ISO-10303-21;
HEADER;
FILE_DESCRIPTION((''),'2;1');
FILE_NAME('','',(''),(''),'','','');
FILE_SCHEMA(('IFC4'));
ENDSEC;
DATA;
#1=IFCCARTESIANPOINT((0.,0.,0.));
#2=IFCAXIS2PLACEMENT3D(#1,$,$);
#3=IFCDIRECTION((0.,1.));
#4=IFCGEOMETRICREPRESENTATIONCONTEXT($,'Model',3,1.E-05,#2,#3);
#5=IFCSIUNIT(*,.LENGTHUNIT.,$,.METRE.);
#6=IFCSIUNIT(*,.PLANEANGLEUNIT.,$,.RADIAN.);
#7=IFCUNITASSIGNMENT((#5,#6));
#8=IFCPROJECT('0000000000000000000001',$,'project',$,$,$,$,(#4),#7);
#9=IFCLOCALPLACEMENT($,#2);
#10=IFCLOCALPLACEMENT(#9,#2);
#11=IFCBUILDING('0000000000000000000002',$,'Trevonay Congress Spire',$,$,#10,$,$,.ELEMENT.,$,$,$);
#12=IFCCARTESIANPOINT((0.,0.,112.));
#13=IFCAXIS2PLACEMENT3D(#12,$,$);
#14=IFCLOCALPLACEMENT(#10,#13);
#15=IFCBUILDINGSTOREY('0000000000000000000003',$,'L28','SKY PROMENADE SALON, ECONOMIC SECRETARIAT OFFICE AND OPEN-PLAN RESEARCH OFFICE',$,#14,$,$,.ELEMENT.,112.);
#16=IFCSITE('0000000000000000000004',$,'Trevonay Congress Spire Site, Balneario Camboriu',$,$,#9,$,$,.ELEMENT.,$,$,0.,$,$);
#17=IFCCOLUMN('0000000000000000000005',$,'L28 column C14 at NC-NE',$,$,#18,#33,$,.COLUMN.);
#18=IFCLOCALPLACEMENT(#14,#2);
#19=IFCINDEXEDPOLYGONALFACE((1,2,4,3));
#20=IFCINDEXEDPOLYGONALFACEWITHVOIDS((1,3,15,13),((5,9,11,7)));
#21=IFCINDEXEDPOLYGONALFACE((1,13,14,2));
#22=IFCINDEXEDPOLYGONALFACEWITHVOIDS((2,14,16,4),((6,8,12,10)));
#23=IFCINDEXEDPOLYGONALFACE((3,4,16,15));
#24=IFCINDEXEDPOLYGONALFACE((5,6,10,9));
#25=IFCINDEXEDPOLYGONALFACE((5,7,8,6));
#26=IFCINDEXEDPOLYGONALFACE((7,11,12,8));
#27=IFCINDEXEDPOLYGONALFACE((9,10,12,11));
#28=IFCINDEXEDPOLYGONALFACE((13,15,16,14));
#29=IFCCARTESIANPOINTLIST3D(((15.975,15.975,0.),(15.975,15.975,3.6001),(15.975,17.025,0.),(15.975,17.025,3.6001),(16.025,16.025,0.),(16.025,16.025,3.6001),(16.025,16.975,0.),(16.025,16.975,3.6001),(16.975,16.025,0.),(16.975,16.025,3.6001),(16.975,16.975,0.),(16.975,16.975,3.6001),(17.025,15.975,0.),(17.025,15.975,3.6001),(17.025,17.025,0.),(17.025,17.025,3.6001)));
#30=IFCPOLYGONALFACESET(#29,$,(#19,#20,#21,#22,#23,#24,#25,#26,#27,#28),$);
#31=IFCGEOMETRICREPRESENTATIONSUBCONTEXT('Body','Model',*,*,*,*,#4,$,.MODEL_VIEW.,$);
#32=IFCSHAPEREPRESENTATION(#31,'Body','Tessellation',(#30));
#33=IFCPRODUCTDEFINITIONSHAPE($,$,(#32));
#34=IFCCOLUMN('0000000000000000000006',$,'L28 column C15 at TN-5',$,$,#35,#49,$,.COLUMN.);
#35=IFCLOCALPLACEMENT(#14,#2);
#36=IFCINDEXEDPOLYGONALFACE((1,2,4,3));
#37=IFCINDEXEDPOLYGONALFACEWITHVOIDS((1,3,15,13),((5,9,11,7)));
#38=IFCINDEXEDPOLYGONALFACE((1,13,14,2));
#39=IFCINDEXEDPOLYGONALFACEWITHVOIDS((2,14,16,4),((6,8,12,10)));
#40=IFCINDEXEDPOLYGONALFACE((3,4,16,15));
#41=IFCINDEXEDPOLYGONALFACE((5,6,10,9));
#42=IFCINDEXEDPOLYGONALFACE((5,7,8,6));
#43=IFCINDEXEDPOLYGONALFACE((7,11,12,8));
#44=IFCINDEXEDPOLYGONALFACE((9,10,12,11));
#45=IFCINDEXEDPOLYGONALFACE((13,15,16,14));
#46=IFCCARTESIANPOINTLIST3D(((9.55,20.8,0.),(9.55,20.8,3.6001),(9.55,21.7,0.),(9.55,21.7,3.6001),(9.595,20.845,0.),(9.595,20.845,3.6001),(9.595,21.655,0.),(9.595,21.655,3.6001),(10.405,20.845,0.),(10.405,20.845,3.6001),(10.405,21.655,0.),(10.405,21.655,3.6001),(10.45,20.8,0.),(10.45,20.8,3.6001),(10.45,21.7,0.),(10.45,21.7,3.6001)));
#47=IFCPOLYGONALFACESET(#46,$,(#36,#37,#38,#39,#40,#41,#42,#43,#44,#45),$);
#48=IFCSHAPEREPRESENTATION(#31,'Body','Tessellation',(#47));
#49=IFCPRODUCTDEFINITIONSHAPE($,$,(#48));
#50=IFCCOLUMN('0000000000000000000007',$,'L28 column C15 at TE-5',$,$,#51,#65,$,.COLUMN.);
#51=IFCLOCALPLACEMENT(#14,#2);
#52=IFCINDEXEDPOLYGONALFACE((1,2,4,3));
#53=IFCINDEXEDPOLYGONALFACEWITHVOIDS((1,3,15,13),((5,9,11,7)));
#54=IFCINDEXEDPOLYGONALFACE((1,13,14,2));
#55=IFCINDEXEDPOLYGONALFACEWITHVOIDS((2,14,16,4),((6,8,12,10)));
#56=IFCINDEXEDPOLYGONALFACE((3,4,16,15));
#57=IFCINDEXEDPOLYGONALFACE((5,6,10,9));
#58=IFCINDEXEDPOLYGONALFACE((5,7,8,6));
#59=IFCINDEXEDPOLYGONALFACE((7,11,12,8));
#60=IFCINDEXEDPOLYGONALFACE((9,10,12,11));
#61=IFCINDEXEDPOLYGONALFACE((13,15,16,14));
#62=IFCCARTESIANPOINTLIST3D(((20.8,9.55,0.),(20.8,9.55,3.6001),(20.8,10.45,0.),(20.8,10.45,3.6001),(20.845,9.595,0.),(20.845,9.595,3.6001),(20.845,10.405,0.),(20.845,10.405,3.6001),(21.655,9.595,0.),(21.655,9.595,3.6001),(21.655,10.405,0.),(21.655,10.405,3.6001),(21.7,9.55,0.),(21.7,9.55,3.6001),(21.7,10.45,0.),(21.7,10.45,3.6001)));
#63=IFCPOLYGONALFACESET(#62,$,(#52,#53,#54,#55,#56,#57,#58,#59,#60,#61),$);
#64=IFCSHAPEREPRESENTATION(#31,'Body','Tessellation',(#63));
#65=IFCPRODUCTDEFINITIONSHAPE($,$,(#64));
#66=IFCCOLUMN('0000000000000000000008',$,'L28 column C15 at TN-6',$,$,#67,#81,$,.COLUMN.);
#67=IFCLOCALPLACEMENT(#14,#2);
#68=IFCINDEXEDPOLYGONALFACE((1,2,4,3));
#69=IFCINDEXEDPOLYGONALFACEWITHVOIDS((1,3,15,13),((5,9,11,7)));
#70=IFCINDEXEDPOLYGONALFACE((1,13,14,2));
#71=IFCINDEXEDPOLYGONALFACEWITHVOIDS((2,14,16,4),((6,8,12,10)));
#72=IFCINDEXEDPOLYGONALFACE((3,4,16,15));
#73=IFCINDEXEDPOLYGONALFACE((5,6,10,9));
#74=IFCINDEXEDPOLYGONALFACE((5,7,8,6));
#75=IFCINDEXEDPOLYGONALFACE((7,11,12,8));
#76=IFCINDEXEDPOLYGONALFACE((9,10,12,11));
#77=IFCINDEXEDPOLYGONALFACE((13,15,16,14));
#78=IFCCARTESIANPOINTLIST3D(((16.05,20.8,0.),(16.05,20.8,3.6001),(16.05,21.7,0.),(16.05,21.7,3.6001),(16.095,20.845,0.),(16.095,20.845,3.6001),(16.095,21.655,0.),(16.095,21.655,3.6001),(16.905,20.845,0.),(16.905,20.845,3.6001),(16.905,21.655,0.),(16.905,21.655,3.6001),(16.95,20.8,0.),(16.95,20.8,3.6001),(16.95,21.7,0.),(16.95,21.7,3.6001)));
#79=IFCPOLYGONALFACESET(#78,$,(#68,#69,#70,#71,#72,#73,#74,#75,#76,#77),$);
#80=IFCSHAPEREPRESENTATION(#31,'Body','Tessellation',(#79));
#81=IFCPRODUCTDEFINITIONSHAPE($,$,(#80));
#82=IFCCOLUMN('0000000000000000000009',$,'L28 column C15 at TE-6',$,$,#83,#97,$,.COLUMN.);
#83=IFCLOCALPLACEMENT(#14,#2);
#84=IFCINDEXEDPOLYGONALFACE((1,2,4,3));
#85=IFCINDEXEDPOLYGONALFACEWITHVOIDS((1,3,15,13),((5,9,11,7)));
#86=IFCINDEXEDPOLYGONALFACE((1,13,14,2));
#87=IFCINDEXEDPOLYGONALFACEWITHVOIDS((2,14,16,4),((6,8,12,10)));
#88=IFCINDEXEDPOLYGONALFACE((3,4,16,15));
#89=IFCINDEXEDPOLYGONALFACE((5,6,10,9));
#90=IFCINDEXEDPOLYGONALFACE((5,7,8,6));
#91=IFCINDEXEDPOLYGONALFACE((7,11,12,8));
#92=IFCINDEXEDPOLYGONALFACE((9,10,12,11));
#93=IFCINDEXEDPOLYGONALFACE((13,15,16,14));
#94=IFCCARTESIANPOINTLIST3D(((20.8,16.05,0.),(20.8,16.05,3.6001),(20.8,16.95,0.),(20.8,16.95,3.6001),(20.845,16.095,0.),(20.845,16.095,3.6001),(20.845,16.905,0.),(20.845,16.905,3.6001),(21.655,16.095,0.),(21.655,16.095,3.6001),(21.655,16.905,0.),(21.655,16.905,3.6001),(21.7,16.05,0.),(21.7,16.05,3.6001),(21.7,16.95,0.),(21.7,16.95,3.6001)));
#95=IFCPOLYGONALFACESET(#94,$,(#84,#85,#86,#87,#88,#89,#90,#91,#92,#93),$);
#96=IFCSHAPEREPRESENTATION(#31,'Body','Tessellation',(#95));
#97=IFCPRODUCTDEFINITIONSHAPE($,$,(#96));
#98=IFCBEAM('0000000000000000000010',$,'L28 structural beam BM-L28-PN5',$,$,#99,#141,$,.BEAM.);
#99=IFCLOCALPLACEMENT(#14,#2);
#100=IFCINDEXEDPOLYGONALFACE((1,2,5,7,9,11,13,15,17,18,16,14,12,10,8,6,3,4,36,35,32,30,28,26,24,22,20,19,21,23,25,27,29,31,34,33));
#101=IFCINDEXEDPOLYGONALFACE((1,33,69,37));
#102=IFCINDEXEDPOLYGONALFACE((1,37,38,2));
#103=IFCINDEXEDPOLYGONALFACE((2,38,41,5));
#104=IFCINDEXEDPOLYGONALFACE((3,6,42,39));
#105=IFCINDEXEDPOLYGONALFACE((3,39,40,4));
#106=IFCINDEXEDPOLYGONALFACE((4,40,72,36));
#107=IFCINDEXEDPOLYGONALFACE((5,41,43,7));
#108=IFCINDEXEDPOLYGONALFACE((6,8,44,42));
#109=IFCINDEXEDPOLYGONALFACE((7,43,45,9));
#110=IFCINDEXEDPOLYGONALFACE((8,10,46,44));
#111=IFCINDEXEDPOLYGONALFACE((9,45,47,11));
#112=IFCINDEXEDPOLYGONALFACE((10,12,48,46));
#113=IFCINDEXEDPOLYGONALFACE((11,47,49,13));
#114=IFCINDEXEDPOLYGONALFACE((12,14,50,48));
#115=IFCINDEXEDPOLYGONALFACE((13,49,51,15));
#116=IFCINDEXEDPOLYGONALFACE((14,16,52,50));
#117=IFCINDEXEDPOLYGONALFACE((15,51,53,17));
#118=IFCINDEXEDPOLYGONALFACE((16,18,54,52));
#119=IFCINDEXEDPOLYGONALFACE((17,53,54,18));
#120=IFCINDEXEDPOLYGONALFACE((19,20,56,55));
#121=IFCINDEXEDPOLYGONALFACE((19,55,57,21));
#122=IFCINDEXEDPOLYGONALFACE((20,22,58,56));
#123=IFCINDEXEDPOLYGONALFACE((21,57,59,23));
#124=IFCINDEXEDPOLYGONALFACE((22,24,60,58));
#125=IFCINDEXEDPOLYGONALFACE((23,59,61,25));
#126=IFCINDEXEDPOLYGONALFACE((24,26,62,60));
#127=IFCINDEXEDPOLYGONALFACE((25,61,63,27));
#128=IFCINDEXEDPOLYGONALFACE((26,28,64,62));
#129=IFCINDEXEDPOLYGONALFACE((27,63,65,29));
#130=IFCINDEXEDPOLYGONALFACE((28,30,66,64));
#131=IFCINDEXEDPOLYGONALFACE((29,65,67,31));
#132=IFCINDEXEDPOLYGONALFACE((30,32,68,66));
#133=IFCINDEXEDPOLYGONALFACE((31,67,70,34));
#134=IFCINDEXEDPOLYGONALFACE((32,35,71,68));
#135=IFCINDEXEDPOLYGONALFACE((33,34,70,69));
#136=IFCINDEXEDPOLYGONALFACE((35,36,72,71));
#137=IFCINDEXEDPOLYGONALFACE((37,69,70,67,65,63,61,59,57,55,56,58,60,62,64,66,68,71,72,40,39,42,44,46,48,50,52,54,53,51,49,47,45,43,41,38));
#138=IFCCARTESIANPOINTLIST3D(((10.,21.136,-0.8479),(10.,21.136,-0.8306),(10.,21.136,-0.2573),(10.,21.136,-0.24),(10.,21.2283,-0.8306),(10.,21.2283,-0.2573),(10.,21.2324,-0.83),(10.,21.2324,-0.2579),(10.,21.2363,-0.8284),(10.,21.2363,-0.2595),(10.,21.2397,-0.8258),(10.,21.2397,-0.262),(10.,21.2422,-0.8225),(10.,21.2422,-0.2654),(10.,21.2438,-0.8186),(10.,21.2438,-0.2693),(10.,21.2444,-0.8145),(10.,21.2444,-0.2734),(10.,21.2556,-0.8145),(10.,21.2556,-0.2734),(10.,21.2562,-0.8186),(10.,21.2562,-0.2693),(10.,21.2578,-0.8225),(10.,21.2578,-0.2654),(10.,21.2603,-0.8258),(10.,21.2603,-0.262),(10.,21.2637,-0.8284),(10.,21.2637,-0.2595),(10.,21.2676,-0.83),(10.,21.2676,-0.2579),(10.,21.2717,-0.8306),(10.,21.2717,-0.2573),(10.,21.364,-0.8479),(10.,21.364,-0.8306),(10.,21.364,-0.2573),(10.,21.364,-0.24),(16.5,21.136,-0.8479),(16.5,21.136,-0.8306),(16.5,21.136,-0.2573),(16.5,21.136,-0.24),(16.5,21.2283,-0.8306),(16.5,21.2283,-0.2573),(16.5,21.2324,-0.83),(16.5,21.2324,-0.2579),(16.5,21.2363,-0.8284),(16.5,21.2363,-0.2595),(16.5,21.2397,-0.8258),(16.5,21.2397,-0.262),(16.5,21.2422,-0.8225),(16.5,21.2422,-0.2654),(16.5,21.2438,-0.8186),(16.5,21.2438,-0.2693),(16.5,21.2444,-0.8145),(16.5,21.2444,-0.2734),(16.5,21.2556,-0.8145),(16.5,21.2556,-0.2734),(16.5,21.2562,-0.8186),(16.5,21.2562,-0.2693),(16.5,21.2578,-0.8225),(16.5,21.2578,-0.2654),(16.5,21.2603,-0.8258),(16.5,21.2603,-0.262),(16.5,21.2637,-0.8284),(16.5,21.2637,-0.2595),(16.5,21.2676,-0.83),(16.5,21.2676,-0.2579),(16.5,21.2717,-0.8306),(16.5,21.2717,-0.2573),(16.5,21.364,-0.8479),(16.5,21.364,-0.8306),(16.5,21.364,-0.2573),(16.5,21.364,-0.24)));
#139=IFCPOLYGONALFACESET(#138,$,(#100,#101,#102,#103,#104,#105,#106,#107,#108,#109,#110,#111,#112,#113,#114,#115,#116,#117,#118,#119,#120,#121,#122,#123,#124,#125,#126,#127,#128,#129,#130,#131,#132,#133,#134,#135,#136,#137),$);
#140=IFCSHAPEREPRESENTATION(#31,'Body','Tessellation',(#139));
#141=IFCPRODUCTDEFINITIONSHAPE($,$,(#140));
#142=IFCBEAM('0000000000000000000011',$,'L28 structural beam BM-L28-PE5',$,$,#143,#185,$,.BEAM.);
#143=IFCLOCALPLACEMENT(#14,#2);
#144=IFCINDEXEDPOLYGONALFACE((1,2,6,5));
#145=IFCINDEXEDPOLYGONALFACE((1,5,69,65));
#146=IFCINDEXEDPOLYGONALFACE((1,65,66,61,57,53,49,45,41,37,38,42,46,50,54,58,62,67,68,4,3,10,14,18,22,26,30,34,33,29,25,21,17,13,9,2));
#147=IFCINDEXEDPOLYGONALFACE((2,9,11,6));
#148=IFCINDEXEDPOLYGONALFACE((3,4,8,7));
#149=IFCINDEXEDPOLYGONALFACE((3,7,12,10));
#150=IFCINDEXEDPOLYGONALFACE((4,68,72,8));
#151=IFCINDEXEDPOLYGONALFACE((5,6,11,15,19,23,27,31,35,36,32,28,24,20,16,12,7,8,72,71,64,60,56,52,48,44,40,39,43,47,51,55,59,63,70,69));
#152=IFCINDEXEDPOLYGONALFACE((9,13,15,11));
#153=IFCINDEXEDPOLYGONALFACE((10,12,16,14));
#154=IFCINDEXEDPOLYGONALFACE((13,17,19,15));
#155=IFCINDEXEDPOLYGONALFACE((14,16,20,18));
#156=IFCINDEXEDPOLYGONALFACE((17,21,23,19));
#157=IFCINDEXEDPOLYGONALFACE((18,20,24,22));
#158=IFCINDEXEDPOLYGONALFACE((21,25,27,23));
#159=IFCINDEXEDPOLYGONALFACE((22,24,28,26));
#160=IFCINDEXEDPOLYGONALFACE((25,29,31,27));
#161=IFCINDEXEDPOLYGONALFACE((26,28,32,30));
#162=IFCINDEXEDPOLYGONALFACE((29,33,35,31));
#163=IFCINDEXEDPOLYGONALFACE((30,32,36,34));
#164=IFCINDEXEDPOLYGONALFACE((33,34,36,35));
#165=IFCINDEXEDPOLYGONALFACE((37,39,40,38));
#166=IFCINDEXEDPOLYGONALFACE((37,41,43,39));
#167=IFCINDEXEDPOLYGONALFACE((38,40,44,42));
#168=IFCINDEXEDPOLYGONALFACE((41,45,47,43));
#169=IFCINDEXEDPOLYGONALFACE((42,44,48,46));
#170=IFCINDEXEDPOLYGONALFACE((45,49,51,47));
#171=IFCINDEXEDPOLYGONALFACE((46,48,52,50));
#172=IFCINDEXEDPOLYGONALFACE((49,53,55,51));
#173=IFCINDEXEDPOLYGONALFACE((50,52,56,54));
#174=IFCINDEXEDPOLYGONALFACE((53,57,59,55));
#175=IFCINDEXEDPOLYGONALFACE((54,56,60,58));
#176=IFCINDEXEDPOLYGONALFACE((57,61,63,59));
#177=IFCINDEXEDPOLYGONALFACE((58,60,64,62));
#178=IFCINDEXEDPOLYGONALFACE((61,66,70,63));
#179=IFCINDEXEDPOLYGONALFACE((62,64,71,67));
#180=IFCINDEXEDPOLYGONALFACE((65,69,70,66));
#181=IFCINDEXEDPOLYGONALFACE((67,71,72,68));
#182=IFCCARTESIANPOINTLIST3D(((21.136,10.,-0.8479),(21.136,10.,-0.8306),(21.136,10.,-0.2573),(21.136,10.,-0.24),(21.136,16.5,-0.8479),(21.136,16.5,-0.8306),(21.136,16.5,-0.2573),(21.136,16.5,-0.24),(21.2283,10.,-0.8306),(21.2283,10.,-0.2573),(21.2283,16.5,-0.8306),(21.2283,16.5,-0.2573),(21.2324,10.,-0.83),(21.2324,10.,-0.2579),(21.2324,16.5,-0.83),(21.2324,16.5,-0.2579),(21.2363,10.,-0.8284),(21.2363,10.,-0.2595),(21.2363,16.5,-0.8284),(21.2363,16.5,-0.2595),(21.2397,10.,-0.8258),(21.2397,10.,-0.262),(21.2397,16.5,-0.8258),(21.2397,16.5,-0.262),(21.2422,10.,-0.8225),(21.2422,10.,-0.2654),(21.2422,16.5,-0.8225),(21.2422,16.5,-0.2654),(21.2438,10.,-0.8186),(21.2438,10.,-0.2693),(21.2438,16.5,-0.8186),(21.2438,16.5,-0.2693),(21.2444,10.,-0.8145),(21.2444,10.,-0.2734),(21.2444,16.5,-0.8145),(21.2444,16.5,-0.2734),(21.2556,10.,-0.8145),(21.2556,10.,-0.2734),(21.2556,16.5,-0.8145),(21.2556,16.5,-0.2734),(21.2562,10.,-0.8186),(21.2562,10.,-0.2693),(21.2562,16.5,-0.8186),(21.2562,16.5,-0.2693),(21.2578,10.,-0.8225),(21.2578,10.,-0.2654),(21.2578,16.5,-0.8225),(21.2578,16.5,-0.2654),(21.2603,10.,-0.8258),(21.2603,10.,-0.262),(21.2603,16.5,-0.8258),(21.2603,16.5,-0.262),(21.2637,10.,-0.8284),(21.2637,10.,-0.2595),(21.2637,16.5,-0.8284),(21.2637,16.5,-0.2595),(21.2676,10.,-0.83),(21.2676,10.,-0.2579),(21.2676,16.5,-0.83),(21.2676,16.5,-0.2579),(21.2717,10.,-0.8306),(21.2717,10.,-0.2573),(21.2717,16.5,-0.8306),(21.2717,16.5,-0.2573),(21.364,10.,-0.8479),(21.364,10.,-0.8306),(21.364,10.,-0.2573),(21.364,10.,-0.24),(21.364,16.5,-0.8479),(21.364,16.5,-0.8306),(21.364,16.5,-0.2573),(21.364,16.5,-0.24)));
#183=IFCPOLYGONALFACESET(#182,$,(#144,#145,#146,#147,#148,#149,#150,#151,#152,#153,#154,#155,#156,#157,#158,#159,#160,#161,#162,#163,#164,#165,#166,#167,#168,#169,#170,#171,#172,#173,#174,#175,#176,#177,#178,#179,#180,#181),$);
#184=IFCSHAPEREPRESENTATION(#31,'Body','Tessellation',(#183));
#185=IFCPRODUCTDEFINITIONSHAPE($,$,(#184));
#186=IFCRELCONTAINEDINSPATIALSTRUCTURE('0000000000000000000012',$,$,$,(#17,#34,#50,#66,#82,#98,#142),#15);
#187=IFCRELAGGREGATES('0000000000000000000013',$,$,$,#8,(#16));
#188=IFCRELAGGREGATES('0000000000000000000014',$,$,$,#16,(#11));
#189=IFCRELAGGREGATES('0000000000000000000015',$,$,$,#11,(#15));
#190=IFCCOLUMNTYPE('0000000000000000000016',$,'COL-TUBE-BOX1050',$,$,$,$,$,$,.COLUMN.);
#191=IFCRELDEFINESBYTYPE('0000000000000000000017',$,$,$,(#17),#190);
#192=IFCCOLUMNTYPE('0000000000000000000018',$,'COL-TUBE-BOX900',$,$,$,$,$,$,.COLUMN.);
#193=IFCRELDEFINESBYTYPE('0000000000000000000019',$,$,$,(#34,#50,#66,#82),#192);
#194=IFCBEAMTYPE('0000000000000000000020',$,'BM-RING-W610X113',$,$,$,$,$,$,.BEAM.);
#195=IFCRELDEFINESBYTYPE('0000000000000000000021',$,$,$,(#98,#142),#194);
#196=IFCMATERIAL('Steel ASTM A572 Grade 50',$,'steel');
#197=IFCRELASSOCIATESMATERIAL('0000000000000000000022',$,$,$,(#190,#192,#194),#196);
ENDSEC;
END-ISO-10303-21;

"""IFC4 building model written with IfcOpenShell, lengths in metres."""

from ifc_helpers import new_model, si_unit, direction, frame, origin, origin_2d, place, context, subcontext, project, spatial, hollow_rectangle, i_section, extrude, material, material_profile, profile_set, type_object, element, save


model = new_model("IFC4")

# Units and contexts
model_context = context("Model", 3, precision=1e-05, world=origin(), true_north=direction((0.0, 1.0)))
body_context = subcontext(model_context, "Body", "Model", "MODEL_VIEW")
ifc_project = project(units=[si_unit("LENGTHUNIT", "METRE"), si_unit("PLANEANGLEUNIT", "RADIAN")], contexts=[model_context])

# Site, building, storey
site_placement = place(None, origin())
site = spatial("IfcSite", under=ifc_project, at=site_placement, Name="Trevonay Congress Spire Site, Balneario Camboriu", CompositionType="ELEMENT", RefElevation=0.0)
building_placement = place(site_placement, origin())
building = spatial("IfcBuilding", under=site, at=building_placement, Name="Trevonay Congress Spire", CompositionType="ELEMENT")
storey_placement = place(building_placement, frame((0.0, 0.0, 112.0)))
storey = spatial("IfcBuildingStorey", under=building, at=storey_placement, Name="L28", Description="SKY PROMENADE SALON, ECONOMIC SECRETARIAT OFFICE AND OPEN-PLAN RESEARCH OFFICE", CompositionType="ELEMENT", Elevation=112.0)

# Columns
ifc_material_1 = material(Name="Steel ASTM A572 Grade 50", Category="steel")
ifc_material_profile_1 = material_profile(ifc_material_1, hollow_rectangle(XDim=1.05, YDim=1.05, WallThickness=0.05, at=origin_2d()), Name="BOX 1050x1050x50")
ifc_profile_set_1 = profile_set([ifc_material_profile_1], Name="Steel ASTM A572 Grade 50")
column_type_1 = type_object("IfcColumnType", Name="COL-TUBE-BOX1050", PredefinedType="COLUMN", material=ifc_profile_set_1)
column_placement = place(storey_placement, frame((16.5, 16.5, 0.0), z_axis=(0.0, 0.0, 1.0), x_axis=(1.0, 0.0, 0.0)))
element("IfcColumn", 1, at=column_placement, inside=storey, type_object=column_type_1, Name="L28 column C14 at NC-NE", PredefinedType="COLUMN", context=body_context, shape_type="SweptSolid", body=[
    extrude(hollow_rectangle(XDim=1.05, YDim=1.05, WallThickness=0.05, at=origin_2d()), origin(), (0.0, 0.0, 1.0), 3.6001),
])
ifc_material_profile_2 = material_profile(ifc_material_1, hollow_rectangle(XDim=0.8999, YDim=0.8999, WallThickness=0.0449, at=origin_2d()), Name="BOX 900x900x45")
ifc_profile_set_2 = profile_set([ifc_material_profile_2], Name="Steel ASTM A572 Grade 50")
column_type_2 = type_object("IfcColumnType", Name="COL-TUBE-BOX900", PredefinedType="COLUMN", material=ifc_profile_set_2)
for number, where, z_axis, x_axis, name in (
    (2, (10.0, 21.25, 0.0), (0.0, 0.0, 1.0), (1.0, 0.0, 0.0), "L28 column C15 at TN-5"),
    (3, (21.25, 10.0, 0.0), (0.0, 0.0, 1.0), (1.0, 0.0, 0.0), "L28 column C15 at TE-5"),
    (4, (16.5, 21.25, 0.0), (0.0, 0.0, 1.0), (1.0, 0.0, 0.0), "L28 column C15 at TN-6"),
    (5, (21.25, 16.5, 0.0), (0.0, 0.0, 1.0), (1.0, 0.0, 0.0), "L28 column C15 at TE-6"),
):
    element("IfcColumn", number, at=place(storey_placement, frame(where, z_axis=z_axis, x_axis=x_axis)), inside=storey, type_object=column_type_2, Name=name, PredefinedType="COLUMN", context=body_context, shape_type="SweptSolid", body=[
        extrude(hollow_rectangle(XDim=0.8999, YDim=0.8999, WallThickness=0.0449, at=origin_2d()), origin(), (0.0, 0.0, 1.0), 3.6001),
    ])

# Beams
ifc_material_profile_3 = material_profile(ifc_material_1, i_section(OverallWidth=0.228, OverallDepth=0.6079, WebThickness=0.0112, FlangeThickness=0.0173, FilletRadius=0.0161, at=origin_2d()), Name="W610x113")
ifc_profile_set_3 = profile_set([ifc_material_profile_3], Name="Steel ASTM A572 Grade 50")
beam_type = type_object("IfcBeamType", Name="BM-RING-W610X113", PredefinedType="BEAM", material=ifc_profile_set_3)
for number, where, z_axis, x_axis, name in (
    (6, (10.0, 21.25, -0.5439), (1.0, 0.0, 0.0), (0.0, 1.0, 0.0), "L28 structural beam BM-L28-PN5"),
    (7, (21.25, 10.0, -0.5439), (0.0, 1.0, 0.0), (-1.0, 0.0, 0.0), "L28 structural beam BM-L28-PE5"),
):
    element("IfcBeam", number, at=place(storey_placement, frame(where, z_axis=z_axis, x_axis=x_axis)), inside=storey, type_object=beam_type, Name=name, PredefinedType="BEAM", context=body_context, shape_type="SweptSolid", body=[
        extrude(i_section(OverallWidth=0.228, OverallDepth=0.6079, WebThickness=0.0112, FlangeThickness=0.0173, FilletRadius=0.0161, at=origin_2d()), origin(), (0.0, 0.0, 1.0), 6.5),
    ])

save(model, "model.ifc")
